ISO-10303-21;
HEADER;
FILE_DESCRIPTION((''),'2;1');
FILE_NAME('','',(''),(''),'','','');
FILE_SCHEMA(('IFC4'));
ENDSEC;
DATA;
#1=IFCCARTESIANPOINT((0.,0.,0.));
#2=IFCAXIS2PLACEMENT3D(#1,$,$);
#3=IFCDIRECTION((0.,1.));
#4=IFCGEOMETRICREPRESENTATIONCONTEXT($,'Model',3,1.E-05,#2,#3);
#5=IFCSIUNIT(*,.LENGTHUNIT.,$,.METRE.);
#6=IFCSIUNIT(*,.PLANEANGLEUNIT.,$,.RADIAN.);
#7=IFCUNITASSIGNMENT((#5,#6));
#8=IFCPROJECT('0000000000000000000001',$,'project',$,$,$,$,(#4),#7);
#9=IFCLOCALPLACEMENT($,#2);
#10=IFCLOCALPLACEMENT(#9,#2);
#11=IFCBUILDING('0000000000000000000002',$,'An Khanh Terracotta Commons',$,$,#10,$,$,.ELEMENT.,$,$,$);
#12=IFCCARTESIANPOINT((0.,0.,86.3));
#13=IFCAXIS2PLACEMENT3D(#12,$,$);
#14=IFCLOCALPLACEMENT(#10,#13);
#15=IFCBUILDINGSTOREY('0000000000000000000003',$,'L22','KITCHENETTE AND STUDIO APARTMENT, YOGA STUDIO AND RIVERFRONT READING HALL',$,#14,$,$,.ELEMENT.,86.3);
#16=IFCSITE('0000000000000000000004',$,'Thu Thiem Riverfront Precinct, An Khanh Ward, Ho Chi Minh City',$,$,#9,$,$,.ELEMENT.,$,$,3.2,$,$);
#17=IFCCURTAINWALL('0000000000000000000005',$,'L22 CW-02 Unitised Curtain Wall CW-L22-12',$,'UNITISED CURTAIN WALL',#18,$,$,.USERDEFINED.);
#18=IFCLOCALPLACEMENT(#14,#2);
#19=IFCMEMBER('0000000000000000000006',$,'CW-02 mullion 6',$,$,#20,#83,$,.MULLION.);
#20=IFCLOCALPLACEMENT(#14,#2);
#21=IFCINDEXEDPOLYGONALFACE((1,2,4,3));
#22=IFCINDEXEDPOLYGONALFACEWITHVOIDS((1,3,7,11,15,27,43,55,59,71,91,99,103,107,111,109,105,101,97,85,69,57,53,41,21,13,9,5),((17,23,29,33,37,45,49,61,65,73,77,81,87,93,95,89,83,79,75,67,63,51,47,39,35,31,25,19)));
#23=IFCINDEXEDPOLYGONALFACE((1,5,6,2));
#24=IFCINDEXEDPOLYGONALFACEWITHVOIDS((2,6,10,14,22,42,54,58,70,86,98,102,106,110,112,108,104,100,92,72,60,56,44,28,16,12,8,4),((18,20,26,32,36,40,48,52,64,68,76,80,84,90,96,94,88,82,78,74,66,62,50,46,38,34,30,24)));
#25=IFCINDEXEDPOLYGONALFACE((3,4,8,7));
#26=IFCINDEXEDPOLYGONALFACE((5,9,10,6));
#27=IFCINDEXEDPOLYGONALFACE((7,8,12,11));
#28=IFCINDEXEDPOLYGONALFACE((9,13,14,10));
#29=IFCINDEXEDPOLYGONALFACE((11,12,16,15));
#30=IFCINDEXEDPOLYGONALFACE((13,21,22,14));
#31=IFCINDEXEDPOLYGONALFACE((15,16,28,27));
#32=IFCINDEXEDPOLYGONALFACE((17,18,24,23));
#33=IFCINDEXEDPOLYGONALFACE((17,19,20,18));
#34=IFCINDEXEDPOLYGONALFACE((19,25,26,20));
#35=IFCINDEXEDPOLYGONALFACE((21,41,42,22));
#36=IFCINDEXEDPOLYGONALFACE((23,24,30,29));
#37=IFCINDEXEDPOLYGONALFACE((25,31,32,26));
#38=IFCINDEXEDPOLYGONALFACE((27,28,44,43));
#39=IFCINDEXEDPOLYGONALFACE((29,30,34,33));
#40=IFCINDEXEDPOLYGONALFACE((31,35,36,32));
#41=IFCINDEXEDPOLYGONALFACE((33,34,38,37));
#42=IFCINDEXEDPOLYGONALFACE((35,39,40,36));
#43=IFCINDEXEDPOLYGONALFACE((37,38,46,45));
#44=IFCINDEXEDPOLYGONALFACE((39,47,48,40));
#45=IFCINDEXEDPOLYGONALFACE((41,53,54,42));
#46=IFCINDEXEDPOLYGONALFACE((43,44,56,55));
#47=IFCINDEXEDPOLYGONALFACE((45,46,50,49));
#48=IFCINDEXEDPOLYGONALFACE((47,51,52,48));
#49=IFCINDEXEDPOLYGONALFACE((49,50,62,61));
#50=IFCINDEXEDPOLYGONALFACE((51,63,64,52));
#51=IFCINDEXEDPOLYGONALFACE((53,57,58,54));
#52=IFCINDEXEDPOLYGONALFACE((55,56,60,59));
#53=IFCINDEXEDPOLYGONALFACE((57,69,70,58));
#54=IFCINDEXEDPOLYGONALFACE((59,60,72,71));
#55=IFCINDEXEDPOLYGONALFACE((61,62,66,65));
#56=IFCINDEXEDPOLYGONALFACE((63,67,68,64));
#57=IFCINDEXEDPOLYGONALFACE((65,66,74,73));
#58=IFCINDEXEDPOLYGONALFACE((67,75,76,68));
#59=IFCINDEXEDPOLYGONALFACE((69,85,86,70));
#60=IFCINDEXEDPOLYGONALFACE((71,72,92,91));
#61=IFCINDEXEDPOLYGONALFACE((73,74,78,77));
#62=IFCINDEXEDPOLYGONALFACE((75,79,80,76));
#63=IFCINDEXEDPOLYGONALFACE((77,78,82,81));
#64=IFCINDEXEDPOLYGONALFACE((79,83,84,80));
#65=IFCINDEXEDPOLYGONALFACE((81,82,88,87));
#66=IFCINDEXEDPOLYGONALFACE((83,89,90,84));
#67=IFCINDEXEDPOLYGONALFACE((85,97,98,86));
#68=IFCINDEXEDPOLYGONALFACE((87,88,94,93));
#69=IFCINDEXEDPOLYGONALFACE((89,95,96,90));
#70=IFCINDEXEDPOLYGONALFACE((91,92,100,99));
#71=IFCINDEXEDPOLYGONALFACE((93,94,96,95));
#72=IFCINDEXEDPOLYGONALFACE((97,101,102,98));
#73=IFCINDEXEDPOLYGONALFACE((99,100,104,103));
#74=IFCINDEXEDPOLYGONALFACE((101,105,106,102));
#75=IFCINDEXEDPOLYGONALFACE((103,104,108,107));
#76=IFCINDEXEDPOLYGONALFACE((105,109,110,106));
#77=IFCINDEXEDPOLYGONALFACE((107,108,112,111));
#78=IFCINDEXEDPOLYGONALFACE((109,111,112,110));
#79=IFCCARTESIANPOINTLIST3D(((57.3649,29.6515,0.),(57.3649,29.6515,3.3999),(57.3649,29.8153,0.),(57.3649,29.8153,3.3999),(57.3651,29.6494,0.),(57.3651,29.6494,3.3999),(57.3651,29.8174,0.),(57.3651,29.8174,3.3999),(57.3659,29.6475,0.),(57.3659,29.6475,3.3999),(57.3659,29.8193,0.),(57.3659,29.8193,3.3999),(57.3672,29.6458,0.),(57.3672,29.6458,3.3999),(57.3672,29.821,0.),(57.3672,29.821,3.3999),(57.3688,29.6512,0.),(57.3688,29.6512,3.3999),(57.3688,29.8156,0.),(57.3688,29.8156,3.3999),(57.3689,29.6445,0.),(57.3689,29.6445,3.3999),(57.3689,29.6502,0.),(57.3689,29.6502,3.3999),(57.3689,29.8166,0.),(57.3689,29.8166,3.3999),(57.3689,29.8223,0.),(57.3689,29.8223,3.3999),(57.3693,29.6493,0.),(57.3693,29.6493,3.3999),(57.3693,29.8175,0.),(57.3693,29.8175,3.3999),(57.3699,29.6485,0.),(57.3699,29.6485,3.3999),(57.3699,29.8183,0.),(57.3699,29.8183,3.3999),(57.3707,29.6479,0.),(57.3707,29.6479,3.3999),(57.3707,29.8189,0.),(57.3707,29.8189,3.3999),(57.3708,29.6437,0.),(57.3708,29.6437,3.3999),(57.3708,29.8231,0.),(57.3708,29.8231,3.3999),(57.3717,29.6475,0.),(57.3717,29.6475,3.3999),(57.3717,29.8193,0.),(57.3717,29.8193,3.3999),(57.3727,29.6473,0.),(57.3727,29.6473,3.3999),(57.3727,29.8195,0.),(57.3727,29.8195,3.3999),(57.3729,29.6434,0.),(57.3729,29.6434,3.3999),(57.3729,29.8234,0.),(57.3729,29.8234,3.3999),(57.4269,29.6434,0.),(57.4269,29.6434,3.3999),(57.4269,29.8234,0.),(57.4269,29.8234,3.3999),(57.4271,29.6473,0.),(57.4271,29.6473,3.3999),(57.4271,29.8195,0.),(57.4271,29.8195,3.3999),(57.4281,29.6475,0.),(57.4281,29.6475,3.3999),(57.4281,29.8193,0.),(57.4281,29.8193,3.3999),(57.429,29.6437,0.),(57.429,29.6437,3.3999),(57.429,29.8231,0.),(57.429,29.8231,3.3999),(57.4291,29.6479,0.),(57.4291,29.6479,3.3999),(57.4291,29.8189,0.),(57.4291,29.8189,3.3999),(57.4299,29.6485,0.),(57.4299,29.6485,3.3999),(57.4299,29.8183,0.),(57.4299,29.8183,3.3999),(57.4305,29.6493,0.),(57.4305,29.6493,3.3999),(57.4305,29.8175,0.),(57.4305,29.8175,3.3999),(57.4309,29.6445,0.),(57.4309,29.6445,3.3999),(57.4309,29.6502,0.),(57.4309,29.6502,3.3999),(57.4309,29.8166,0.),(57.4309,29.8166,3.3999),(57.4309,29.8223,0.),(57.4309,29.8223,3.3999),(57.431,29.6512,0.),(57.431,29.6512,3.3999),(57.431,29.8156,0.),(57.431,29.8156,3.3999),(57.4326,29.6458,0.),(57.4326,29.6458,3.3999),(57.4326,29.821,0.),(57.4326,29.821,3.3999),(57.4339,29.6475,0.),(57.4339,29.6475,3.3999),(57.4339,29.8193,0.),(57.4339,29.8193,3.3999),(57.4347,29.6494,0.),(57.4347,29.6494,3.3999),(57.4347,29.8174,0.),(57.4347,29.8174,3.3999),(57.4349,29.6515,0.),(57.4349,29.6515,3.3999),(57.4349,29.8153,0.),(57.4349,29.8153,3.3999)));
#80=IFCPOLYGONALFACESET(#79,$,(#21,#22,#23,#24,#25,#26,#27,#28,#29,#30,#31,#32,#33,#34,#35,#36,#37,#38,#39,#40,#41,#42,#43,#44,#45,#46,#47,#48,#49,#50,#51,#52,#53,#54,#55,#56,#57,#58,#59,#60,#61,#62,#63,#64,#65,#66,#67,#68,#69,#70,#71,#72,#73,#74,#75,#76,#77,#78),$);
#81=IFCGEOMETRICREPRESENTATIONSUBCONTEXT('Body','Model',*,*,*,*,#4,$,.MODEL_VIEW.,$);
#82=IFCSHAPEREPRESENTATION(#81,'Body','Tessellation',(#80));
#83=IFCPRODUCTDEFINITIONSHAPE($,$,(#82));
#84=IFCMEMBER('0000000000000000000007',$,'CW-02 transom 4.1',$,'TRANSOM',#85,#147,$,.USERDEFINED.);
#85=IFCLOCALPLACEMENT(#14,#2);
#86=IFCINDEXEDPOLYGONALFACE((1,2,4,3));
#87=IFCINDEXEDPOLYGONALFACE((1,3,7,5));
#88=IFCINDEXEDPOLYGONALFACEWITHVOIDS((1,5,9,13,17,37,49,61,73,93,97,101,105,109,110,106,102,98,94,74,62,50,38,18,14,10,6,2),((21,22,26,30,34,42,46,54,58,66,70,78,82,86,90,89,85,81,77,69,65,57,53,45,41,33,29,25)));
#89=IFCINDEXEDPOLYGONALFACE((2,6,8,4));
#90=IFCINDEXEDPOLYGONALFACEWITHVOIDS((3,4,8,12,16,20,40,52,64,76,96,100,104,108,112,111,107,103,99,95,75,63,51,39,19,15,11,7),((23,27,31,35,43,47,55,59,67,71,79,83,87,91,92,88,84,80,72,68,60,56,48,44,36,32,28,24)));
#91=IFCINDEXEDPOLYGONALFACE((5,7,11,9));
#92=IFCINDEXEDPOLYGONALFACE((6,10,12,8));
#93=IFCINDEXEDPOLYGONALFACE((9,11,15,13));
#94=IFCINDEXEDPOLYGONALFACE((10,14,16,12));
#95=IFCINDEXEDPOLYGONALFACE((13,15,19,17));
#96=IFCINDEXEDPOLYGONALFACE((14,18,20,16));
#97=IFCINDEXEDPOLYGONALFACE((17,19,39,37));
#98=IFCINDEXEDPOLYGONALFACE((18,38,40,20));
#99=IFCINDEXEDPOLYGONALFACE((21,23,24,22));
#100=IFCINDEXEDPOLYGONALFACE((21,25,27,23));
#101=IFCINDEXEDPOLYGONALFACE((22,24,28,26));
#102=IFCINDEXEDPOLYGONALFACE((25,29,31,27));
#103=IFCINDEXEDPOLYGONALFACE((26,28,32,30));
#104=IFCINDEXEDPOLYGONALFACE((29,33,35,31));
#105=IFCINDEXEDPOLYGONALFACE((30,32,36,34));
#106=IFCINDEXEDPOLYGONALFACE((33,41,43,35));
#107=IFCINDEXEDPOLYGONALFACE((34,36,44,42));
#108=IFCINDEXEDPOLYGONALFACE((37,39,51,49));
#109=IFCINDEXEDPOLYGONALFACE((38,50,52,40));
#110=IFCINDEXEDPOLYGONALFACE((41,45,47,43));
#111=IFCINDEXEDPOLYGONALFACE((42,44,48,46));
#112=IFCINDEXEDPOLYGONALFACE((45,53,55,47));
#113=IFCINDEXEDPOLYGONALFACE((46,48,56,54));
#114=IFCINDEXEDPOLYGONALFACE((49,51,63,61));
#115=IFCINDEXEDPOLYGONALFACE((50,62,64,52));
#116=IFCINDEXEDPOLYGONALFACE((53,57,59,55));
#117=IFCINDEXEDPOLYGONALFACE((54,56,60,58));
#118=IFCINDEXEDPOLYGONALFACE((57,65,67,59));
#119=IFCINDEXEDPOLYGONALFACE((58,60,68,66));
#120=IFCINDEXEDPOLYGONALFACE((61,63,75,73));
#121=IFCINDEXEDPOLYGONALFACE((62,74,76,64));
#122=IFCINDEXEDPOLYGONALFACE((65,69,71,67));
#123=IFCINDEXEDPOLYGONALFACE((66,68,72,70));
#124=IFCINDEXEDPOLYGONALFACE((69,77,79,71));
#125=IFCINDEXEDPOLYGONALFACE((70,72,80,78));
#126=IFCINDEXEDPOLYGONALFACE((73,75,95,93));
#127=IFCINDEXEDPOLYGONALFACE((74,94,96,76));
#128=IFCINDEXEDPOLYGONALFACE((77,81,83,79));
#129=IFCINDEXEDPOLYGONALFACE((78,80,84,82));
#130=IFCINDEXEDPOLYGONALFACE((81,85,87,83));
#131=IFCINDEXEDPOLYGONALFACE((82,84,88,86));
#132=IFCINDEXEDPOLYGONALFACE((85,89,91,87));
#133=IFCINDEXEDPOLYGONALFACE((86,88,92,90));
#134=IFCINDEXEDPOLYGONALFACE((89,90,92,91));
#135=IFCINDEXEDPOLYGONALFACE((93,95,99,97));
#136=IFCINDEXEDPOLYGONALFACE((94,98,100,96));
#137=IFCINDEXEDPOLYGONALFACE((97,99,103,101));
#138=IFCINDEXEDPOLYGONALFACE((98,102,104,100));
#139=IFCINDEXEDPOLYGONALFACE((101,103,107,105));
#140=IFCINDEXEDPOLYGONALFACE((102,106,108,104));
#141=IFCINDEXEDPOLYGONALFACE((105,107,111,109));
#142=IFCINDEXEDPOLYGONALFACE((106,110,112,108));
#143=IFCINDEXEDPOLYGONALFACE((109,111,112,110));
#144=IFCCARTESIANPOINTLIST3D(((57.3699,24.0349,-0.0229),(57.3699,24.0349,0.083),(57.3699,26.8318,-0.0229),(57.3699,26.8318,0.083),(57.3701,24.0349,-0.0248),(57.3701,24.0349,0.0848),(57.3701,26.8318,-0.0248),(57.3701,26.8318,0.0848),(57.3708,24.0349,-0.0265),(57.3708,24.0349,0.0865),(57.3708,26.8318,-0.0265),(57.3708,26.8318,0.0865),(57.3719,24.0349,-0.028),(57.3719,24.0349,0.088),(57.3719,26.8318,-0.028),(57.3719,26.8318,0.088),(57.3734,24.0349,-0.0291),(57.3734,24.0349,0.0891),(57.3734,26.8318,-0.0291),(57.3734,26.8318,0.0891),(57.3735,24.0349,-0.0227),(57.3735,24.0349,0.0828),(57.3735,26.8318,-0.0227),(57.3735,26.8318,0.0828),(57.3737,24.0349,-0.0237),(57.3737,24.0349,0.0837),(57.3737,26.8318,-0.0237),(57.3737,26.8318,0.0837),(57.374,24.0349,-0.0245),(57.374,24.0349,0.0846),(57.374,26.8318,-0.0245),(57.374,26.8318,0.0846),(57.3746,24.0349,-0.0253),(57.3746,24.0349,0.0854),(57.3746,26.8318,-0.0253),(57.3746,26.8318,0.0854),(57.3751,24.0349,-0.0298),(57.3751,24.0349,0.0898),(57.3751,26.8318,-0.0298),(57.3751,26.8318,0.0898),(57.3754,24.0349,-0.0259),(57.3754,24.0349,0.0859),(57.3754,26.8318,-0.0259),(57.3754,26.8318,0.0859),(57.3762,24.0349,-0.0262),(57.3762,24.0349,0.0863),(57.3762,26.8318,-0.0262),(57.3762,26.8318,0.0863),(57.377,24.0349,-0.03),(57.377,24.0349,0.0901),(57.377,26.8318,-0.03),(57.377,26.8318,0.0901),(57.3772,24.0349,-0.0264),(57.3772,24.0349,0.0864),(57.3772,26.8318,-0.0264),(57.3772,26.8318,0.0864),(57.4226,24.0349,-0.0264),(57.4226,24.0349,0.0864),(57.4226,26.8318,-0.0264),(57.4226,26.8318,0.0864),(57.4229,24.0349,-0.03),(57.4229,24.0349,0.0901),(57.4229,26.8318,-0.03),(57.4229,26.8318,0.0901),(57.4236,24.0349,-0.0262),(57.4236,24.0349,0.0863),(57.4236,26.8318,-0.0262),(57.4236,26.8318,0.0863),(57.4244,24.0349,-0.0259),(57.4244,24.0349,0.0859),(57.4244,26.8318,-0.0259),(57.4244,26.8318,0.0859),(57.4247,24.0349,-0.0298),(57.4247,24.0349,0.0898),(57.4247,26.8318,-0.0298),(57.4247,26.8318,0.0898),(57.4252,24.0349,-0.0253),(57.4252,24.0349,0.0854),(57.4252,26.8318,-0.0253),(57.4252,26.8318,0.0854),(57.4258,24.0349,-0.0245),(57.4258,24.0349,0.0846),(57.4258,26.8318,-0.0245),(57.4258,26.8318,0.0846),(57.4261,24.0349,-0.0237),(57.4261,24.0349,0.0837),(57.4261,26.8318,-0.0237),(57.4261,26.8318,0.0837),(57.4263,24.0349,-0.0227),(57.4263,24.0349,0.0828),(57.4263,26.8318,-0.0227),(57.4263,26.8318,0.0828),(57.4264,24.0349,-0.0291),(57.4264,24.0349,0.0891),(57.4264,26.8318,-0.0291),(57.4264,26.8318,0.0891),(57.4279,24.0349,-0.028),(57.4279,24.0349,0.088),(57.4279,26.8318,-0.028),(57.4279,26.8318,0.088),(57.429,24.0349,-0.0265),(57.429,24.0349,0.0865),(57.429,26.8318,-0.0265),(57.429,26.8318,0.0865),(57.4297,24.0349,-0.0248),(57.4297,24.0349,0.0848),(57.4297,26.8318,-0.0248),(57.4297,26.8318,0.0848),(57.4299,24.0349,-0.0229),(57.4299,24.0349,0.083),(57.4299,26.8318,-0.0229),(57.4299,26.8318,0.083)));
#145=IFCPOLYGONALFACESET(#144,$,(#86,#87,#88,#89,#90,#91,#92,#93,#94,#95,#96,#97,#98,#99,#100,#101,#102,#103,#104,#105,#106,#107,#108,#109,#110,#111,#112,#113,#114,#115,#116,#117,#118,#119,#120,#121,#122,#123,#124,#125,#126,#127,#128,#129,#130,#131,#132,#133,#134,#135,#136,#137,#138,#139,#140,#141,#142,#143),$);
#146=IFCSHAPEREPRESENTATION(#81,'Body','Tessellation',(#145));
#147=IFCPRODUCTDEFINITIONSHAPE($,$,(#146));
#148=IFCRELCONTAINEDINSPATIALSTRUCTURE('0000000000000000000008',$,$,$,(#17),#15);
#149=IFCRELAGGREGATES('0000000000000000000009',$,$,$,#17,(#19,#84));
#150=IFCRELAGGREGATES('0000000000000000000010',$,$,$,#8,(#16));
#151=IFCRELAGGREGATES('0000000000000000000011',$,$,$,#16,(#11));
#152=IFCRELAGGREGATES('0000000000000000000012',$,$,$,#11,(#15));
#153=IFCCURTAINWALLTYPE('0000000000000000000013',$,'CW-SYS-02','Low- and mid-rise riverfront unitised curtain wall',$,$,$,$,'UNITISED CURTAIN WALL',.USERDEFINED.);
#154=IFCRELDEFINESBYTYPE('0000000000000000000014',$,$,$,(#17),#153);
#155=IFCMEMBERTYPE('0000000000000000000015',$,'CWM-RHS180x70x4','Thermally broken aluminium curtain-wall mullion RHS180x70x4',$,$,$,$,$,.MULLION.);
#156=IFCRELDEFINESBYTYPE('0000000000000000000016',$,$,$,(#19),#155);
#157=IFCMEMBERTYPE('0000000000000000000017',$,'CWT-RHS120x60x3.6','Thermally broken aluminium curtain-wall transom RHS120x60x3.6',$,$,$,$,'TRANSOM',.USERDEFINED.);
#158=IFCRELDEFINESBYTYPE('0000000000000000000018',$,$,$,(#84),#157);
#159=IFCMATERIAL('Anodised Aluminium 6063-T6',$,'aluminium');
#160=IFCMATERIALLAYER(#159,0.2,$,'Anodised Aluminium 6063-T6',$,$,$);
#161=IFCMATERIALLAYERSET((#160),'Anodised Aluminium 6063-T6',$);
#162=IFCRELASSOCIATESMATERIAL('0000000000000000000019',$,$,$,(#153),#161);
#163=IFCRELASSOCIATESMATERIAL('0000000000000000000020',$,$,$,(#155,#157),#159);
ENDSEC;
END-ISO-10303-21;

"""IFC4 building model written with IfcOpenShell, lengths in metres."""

from ifc_helpers import new_model, si_unit, direction, frame, origin, origin_2d, place, context, subcontext, project, spatial, hollow_rectangle, extrude, material, layer, layer_set, material_profile, profile_set, type_object, element, aggregate, save


model = new_model("IFC4")

# Units and contexts
model_context = context("Model", 3, precision=1e-05, world=origin(), true_north=direction((0.0, 1.0)))
body_context = subcontext(model_context, "Body", "Model", "MODEL_VIEW")
ifc_project = project(units=[si_unit("LENGTHUNIT", "METRE"), si_unit("PLANEANGLEUNIT", "RADIAN")], contexts=[model_context])

# Site, building, storey
site_placement = place(None, origin())
site = spatial("IfcSite", under=ifc_project, at=site_placement, Name="Thu Thiem Riverfront Precinct, An Khanh Ward, Ho Chi Minh City", CompositionType="ELEMENT", RefElevation=3.2)
building_placement = place(site_placement, origin())
building = spatial("IfcBuilding", under=site, at=building_placement, Name="An Khanh Terracotta Commons", CompositionType="ELEMENT")
storey_placement = place(building_placement, frame((0.0, 0.0, 86.3)))
storey = spatial("IfcBuildingStorey", under=building, at=storey_placement, Name="L22", Description="KITCHENETTE AND STUDIO APARTMENT, YOGA STUDIO AND RIVERFRONT READING HALL", CompositionType="ELEMENT", Elevation=86.3)

# Curtain wall, members
ifc_material_1 = material(Name="Anodised Aluminium 6063-T6", Category="aluminium")
ifc_layer_1 = layer(ifc_material_1, 0.2, Name="Anodised Aluminium 6063-T6")
ifc_layer_set_1 = layer_set([ifc_layer_1], Name="Anodised Aluminium 6063-T6")
curtain_wall_type = type_object("IfcCurtainWallType", Name="CW-SYS-02", Description="Low- and mid-rise riverfront unitised curtain wall", ElementType="UNITISED CURTAIN WALL", PredefinedType="USERDEFINED", material=ifc_layer_set_1)
curtain_wall_placement = place(storey_placement, origin())
curtain_wall = element("IfcCurtainWall", 1, at=curtain_wall_placement, inside=storey, type_object=curtain_wall_type, Name="L22 CW-02 Unitised Curtain Wall CW-L22-12", ObjectType="UNITISED CURTAIN WALL", PredefinedType="USERDEFINED")
ifc_material_profile_1 = material_profile(ifc_material_1, hollow_rectangle(XDim=0.0701, YDim=0.1799, WallThickness=0.0039, InnerFilletRadius=0.0039, OuterFilletRadius=0.0081, at=origin_2d()), Name="RHS180x70x4")
ifc_profile_set_1 = profile_set([ifc_material_profile_1], Name="Anodised Aluminium 6063-T6")
member_type_1 = type_object("IfcMemberType", Name="CWM-RHS180x70x4", Description="Thermally broken aluminium curtain-wall mullion RHS180x70x4", PredefinedType="MULLION", material=ifc_profile_set_1)
member_1_placement = place(storey_placement, frame((57.3999, 29.7334, 0.0), z_axis=(0.0, 0.0, 1.0), x_axis=(-1.0, 0.0, 0.0)))
member_1 = element("IfcMember", 2, at=member_1_placement, type_object=member_type_1, Name="CW-02 mullion 6", PredefinedType="MULLION", context=body_context, shape_type="SweptSolid", body=[
    extrude(hollow_rectangle(XDim=0.0701, YDim=0.1799, WallThickness=0.0039, InnerFilletRadius=0.0039, OuterFilletRadius=0.0081, at=origin_2d()), origin(), (0.0, 0.0, 1.0), 3.3999),
])
ifc_material_profile_2 = material_profile(ifc_material_1, hollow_rectangle(XDim=0.0601, YDim=0.1201, WallThickness=0.0037, InnerFilletRadius=0.0037, OuterFilletRadius=0.0071, at=origin_2d()), Name="RHS120x60x3.6")
ifc_profile_set_2 = profile_set([ifc_material_profile_2], Name="Anodised Aluminium 6063-T6")
member_type_2 = type_object("IfcMemberType", Name="CWT-RHS120x60x3.6", Description="Thermally broken aluminium curtain-wall transom RHS120x60x3.6", ElementType="TRANSOM", PredefinedType="USERDEFINED", material=ifc_profile_set_2)
member_2_placement = place(storey_placement, frame((57.3999, 24.0349, 0.03), z_axis=(0.0, 1.0, 0.0), x_axis=(-1.0, 0.0, 0.0)))
member_2 = element("IfcMember", 3, at=member_2_placement, type_object=member_type_2, Name="CW-02 transom 4.1", ObjectType="TRANSOM", PredefinedType="USERDEFINED", context=body_context, shape_type="SweptSolid", body=[
    extrude(hollow_rectangle(XDim=0.0601, YDim=0.1201, WallThickness=0.0037, InnerFilletRadius=0.0037, OuterFilletRadius=0.0071, at=origin_2d()), origin(), (0.0, 0.0, 1.0), 2.7969),
])
aggregate(curtain_wall, [member_1, member_2])

save(model, "model.ifc")
